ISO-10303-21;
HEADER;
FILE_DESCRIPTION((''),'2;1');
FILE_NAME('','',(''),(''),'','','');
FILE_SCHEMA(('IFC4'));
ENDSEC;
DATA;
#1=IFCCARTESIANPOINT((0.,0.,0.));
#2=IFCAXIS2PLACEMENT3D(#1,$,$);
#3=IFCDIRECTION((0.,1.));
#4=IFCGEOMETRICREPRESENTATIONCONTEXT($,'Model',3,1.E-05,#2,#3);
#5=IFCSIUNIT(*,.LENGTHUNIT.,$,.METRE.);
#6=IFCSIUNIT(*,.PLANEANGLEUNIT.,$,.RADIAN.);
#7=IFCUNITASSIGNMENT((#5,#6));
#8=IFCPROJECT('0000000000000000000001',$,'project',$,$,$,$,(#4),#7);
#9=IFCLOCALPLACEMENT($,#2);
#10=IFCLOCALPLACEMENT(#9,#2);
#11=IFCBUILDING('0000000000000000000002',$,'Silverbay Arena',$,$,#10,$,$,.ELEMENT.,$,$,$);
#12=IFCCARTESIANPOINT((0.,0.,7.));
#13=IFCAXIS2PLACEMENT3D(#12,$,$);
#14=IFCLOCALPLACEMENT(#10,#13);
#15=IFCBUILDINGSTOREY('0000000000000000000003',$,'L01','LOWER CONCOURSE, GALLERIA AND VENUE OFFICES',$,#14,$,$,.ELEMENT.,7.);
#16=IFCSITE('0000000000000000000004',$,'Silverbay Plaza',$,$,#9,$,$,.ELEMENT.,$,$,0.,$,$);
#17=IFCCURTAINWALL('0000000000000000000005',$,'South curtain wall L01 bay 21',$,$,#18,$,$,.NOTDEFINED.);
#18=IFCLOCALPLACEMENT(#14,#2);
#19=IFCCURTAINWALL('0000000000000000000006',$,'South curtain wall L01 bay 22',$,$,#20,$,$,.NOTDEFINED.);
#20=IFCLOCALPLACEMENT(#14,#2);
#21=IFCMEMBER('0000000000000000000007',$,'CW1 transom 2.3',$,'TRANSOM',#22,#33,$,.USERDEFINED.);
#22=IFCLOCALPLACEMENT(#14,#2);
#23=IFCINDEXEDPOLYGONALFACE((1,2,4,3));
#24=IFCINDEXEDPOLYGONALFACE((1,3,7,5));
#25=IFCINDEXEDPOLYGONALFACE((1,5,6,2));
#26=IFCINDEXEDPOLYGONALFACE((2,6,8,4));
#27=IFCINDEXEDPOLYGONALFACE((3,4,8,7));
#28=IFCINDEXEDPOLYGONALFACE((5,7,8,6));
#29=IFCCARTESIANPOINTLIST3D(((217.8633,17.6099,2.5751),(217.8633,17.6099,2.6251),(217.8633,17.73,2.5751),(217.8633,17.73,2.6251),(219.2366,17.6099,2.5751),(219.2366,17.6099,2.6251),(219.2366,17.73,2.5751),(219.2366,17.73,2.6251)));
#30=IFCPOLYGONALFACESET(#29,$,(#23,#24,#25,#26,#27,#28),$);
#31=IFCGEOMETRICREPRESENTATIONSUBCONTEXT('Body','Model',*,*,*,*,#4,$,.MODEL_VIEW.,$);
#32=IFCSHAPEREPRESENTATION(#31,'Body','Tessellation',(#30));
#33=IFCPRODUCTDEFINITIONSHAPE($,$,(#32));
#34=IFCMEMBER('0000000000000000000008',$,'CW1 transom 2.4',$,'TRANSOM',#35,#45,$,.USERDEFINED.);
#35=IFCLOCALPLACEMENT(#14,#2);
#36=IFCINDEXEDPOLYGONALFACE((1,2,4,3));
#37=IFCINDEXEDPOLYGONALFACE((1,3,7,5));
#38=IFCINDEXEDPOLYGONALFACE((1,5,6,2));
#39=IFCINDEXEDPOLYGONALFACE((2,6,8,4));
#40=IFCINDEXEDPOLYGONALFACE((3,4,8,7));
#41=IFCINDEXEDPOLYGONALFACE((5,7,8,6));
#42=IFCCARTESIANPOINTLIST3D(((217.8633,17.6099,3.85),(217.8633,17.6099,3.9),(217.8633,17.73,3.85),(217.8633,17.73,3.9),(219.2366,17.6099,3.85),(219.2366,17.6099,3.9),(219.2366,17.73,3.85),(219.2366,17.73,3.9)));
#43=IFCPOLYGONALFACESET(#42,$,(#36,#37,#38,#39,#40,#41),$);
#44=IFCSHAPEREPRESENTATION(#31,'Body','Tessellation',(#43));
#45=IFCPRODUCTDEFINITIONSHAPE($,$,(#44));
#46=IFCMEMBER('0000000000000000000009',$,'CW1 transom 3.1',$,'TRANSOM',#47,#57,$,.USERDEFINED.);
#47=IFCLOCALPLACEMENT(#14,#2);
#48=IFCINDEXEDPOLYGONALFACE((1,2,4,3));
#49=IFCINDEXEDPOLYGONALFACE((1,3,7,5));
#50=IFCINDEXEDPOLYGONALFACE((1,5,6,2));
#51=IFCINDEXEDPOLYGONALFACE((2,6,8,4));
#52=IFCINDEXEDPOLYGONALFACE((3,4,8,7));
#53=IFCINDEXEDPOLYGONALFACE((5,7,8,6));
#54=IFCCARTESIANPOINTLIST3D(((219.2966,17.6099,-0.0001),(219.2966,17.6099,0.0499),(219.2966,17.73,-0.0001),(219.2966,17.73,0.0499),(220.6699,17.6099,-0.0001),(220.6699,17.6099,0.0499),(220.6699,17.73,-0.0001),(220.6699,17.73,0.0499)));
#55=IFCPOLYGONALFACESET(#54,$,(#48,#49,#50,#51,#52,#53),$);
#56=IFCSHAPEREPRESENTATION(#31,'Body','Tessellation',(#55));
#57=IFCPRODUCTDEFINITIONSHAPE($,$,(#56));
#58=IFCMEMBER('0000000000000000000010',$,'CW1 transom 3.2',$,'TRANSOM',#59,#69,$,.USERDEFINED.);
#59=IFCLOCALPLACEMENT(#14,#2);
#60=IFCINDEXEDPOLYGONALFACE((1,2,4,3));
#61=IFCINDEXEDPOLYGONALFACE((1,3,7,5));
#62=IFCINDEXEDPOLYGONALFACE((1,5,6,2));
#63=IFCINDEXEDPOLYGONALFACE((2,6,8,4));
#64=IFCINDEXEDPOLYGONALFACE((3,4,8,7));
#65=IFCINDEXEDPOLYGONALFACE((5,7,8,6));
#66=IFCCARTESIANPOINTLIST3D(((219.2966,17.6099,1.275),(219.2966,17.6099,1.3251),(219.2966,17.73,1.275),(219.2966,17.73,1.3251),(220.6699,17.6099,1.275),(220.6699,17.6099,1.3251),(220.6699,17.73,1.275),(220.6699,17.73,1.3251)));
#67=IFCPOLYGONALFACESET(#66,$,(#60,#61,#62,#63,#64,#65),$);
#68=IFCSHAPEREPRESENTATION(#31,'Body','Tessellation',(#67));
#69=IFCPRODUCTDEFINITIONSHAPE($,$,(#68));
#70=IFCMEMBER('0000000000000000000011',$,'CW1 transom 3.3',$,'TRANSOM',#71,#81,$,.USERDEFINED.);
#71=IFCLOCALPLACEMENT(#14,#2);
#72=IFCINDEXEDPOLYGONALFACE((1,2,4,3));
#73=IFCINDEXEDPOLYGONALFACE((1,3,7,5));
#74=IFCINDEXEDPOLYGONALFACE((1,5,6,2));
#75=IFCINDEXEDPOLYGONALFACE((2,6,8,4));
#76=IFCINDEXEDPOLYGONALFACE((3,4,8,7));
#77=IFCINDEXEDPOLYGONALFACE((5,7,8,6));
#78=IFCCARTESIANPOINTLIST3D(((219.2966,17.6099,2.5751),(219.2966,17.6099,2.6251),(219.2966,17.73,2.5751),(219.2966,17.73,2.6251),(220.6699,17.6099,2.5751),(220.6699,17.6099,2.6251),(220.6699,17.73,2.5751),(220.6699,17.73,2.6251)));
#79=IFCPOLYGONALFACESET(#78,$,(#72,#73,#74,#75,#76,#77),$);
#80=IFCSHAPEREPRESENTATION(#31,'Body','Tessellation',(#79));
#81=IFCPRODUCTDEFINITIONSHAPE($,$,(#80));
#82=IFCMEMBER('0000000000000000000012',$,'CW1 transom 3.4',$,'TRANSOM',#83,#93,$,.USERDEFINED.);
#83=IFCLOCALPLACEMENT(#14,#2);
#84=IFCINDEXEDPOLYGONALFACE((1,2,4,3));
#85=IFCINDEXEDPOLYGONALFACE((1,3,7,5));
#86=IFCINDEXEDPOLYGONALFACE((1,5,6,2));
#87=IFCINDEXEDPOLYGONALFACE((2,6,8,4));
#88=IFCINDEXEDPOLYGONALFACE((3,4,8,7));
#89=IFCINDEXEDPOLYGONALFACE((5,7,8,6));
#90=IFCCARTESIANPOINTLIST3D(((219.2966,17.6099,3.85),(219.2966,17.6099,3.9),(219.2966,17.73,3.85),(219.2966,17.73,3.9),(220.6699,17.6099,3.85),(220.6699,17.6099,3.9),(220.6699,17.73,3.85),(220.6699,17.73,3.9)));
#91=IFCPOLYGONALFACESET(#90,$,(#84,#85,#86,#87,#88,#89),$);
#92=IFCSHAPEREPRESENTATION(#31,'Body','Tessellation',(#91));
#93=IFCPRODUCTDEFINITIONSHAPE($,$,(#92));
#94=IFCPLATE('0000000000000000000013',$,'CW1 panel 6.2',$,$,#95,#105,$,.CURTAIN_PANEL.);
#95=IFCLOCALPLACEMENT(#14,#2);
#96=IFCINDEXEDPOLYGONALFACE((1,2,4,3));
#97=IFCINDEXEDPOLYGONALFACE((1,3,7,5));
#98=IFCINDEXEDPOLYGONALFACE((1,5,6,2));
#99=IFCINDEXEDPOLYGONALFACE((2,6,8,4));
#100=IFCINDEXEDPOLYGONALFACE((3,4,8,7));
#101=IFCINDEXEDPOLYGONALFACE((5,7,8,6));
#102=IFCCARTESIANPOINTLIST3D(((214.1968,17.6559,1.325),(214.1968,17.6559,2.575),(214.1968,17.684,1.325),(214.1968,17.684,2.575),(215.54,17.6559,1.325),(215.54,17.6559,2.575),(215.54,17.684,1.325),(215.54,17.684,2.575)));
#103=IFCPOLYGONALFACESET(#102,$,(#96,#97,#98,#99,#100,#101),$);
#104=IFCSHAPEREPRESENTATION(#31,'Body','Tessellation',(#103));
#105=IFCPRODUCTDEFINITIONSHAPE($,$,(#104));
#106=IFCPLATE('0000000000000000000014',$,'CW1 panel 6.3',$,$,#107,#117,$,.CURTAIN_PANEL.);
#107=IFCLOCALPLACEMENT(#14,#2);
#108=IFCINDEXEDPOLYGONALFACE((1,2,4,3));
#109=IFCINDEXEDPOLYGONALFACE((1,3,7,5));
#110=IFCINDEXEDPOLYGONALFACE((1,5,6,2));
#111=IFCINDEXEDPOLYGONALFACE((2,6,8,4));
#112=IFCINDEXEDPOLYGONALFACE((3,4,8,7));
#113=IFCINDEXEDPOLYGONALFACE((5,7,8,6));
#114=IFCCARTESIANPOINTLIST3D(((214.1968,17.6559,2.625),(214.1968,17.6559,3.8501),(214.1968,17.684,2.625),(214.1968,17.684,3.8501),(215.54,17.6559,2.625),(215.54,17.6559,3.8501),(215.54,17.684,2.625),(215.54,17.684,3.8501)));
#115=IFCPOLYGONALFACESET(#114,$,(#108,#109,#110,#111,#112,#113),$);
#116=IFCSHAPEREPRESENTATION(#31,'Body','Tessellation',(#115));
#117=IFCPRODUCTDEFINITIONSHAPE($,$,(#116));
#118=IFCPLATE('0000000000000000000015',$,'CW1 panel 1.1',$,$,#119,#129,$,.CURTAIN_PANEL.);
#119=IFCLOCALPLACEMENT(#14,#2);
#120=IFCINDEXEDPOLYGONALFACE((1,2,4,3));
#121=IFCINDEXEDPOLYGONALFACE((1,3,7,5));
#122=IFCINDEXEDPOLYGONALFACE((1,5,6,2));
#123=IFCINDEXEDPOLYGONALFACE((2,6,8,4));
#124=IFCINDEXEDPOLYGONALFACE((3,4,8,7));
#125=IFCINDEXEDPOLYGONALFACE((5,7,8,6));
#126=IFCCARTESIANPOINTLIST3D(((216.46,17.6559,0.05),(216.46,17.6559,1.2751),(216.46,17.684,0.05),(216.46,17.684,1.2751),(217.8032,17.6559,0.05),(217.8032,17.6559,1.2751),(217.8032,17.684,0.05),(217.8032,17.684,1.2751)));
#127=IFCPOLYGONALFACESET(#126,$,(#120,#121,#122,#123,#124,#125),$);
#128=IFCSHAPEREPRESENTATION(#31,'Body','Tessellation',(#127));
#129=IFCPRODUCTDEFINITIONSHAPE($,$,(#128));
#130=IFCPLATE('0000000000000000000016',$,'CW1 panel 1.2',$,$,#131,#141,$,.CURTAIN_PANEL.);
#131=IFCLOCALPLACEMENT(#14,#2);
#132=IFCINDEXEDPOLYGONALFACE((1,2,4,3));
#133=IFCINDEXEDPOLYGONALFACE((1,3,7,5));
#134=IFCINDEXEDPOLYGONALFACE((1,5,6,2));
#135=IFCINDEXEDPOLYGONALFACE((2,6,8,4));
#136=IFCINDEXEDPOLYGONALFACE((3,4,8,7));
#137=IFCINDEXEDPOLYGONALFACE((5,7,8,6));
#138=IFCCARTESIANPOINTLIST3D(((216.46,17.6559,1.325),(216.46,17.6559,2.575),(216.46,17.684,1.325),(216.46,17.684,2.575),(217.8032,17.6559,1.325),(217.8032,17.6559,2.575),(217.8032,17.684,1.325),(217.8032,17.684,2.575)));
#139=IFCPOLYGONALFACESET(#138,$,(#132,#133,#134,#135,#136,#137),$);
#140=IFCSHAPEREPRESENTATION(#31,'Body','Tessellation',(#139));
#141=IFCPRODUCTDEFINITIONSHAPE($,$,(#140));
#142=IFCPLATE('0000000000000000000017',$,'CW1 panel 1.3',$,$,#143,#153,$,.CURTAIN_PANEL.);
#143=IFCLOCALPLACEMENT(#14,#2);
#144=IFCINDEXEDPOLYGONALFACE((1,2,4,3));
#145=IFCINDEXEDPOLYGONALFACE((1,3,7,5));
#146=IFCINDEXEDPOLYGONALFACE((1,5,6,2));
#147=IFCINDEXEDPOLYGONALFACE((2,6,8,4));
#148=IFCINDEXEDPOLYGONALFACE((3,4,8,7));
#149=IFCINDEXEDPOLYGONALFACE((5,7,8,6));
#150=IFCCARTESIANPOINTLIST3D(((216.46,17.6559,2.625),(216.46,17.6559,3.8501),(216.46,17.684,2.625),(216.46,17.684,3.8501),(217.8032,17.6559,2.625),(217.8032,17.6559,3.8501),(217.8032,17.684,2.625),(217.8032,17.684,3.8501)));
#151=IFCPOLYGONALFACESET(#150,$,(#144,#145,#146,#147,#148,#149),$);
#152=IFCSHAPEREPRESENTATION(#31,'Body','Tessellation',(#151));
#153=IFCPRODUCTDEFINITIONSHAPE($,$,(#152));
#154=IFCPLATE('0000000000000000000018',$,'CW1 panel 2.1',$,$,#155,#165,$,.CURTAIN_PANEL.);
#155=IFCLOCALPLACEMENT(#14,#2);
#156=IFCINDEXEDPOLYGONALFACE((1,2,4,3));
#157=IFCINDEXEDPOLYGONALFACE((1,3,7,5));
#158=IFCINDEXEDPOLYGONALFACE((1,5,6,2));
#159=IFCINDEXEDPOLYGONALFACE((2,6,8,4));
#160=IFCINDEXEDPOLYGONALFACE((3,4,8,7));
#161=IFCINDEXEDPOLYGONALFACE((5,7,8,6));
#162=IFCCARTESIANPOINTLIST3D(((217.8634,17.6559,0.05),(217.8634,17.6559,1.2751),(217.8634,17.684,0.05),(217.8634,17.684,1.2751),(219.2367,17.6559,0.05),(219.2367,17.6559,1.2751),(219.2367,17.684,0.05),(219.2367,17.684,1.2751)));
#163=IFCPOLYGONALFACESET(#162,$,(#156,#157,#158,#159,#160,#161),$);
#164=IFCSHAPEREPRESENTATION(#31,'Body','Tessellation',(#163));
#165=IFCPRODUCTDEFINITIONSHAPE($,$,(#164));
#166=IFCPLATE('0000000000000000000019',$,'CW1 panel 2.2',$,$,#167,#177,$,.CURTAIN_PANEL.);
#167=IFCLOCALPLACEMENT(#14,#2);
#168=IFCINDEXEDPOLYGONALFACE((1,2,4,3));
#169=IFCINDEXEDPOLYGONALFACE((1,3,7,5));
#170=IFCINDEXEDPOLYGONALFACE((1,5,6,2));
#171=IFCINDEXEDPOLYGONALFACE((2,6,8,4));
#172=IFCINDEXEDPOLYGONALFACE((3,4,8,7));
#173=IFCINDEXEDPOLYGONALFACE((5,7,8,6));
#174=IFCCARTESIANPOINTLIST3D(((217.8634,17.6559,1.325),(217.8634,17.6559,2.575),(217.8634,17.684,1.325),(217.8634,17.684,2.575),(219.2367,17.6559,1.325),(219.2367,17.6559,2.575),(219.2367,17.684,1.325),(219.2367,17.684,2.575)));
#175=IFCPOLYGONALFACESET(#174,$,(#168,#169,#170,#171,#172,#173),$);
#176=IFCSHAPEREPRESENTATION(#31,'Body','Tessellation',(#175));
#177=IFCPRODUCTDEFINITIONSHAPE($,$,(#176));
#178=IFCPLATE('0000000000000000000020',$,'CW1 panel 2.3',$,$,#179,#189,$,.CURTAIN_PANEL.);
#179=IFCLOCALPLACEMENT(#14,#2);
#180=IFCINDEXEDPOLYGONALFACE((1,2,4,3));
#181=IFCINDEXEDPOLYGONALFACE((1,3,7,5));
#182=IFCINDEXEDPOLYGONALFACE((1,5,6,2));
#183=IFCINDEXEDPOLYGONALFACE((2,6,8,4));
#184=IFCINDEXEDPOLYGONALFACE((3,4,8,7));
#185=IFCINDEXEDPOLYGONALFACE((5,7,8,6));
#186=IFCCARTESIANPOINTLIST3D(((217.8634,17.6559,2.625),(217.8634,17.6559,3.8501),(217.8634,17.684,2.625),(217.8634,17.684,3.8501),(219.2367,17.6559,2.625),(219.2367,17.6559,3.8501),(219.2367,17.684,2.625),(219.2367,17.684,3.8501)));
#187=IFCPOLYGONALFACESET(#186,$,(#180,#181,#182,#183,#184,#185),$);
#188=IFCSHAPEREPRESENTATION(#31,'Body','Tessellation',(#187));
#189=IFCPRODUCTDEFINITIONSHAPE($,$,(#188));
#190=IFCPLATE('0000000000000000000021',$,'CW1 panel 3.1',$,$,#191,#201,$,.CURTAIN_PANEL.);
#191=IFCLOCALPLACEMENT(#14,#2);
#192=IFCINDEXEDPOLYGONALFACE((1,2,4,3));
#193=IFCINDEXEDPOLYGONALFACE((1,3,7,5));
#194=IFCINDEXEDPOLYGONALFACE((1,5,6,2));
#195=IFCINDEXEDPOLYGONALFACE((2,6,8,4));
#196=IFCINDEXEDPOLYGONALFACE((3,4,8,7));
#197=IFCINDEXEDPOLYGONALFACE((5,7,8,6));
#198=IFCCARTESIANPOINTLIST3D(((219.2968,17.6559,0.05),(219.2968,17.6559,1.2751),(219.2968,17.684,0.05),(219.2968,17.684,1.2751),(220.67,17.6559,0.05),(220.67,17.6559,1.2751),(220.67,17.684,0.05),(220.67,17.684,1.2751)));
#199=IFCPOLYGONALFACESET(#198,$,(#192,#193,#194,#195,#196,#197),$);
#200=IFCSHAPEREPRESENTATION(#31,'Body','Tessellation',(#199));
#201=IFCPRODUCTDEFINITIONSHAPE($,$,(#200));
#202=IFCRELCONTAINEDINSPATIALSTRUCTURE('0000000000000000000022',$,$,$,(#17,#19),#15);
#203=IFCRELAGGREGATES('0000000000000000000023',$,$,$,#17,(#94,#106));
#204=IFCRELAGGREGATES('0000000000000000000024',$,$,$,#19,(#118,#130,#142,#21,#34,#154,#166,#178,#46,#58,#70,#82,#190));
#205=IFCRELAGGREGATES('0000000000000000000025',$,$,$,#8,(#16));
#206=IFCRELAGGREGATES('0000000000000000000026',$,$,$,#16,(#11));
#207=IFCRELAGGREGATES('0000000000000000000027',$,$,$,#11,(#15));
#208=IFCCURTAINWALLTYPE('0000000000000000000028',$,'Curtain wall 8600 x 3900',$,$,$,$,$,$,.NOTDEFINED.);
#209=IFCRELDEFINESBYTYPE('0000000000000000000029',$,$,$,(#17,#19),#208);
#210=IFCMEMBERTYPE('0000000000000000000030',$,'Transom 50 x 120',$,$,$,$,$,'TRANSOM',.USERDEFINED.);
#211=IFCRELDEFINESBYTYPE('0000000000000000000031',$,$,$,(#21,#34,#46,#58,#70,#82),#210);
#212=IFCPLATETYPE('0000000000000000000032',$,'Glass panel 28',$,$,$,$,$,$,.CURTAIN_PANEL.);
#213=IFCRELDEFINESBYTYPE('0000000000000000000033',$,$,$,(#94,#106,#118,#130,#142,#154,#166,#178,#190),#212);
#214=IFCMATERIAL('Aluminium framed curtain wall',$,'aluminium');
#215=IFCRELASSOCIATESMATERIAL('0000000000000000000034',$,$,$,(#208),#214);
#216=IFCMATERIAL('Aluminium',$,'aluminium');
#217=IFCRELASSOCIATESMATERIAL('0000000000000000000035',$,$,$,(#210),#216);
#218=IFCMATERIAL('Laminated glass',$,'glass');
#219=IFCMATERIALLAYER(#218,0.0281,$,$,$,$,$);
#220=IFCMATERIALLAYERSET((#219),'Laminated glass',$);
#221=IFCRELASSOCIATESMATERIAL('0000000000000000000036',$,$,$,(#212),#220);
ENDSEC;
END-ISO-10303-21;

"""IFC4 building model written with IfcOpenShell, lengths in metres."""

from ifc_helpers import new_model, si_unit, direction, frame, origin, origin_2d, place, context, subcontext, project, spatial, rectangle, extrude, material, layer, layer_set, material_profile, profile_set, type_object, element, aggregate, save


model = new_model("IFC4")

# Units and contexts
model_context = context("Model", 3, precision=1e-05, world=origin(), true_north=direction((0.0, 1.0)))
body_context = subcontext(model_context, "Body", "Model", "MODEL_VIEW")
ifc_project = project(units=[si_unit("LENGTHUNIT", "METRE"), si_unit("PLANEANGLEUNIT", "RADIAN")], contexts=[model_context])

# Site, building, storey
site_placement = place(None, origin())
site = spatial("IfcSite", under=ifc_project, at=site_placement, Name="Silverbay Plaza", CompositionType="ELEMENT", RefElevation=0.0)
building_placement = place(site_placement, origin())
building = spatial("IfcBuilding", under=site, at=building_placement, Name="Silverbay Arena", CompositionType="ELEMENT")
storey_placement = place(building_placement, frame((0.0, 0.0, 7.0)))
storey = spatial("IfcBuildingStorey", under=building, at=storey_placement, Name="L01", Description="LOWER CONCOURSE, GALLERIA AND VENUE OFFICES", CompositionType="ELEMENT", Elevation=7.0)

# Curtain wall
ifc_material_1 = material(Name="Aluminium framed curtain wall", Category="aluminium")
curtain_wall_type = type_object("IfcCurtainWallType", Name="Curtain wall 8600 x 3900", PredefinedType="NOTDEFINED", material=ifc_material_1)
curtain_wall_1_placement = place(storey_placement, origin())
curtain_wall_1 = element("IfcCurtainWall", 1, at=curtain_wall_1_placement, inside=storey, type_object=curtain_wall_type, Name="South curtain wall L01 bay 21", PredefinedType="NOTDEFINED")

# Curtain wall
curtain_wall_2_placement = place(storey_placement, origin())
curtain_wall_2 = element("IfcCurtainWall", 2, at=curtain_wall_2_placement, inside=storey, type_object=curtain_wall_type, Name="South curtain wall L01 bay 22", PredefinedType="NOTDEFINED")

# Members
ifc_material_2 = material(Name="Aluminium", Category="aluminium")
ifc_material_profile_1 = material_profile(ifc_material_2, rectangle(XDim=0.1201, YDim=0.05, at=origin_2d()), Name="Transom 50 x 120")
ifc_profile_set_1 = profile_set([ifc_material_profile_1], Name="Aluminium")
member_type_1 = type_object("IfcMemberType", Name="Transom 50 x 120", ElementType="TRANSOM", PredefinedType="USERDEFINED", material=ifc_profile_set_1)
member_1_placement = place(storey_placement, frame((217.8633, 17.6699, 2.6001), z_axis=(1.0, 0.0, 0.0), x_axis=(0.0, 1.0, 0.0)))
member_1 = element("IfcMember", 3, at=member_1_placement, type_object=member_type_1, Name="CW1 transom 2.3", ObjectType="TRANSOM", PredefinedType="USERDEFINED", context=body_context, shape_type="SweptSolid", body=[
    extrude(rectangle(XDim=0.1201, YDim=0.05, at=origin_2d()), origin(), (0.0, 0.0, 1.0), 1.3733),
])
member_2_placement = place(storey_placement, frame((217.8633, 17.6699, 3.875), z_axis=(1.0, 0.0, 0.0), x_axis=(0.0, 1.0, 0.0)))
member_2 = element("IfcMember", 4, at=member_2_placement, type_object=member_type_1, Name="CW1 transom 2.4", ObjectType="TRANSOM", PredefinedType="USERDEFINED", context=body_context, shape_type="SweptSolid", body=[
    extrude(rectangle(XDim=0.1201, YDim=0.05, at=origin_2d()), origin(), (0.0, 0.0, 1.0), 1.3733),
])
member_3_placement = place(storey_placement, frame((219.2966, 17.6699, 0.0249), z_axis=(1.0, 0.0, 0.0), x_axis=(0.0, 1.0, 0.0)))
member_3 = element("IfcMember", 5, at=member_3_placement, type_object=member_type_1, Name="CW1 transom 3.1", ObjectType="TRANSOM", PredefinedType="USERDEFINED", context=body_context, shape_type="SweptSolid", body=[
    extrude(rectangle(XDim=0.1201, YDim=0.05, at=origin_2d()), origin(), (0.0, 0.0, 1.0), 1.3733),
])
member_4_placement = place(storey_placement, frame((219.2966, 17.6699, 1.3), z_axis=(1.0, 0.0, 0.0), x_axis=(0.0, 1.0, 0.0)))
member_4 = element("IfcMember", 6, at=member_4_placement, type_object=member_type_1, Name="CW1 transom 3.2", ObjectType="TRANSOM", PredefinedType="USERDEFINED", context=body_context, shape_type="SweptSolid", body=[
    extrude(rectangle(XDim=0.1201, YDim=0.05, at=origin_2d()), origin(), (0.0, 0.0, 1.0), 1.3733),
])
member_5_placement = place(storey_placement, frame((219.2966, 17.6699, 2.6001), z_axis=(1.0, 0.0, 0.0), x_axis=(0.0, 1.0, 0.0)))
member_5 = element("IfcMember", 7, at=member_5_placement, type_object=member_type_1, Name="CW1 transom 3.3", ObjectType="TRANSOM", PredefinedType="USERDEFINED", context=body_context, shape_type="SweptSolid", body=[
    extrude(rectangle(XDim=0.1201, YDim=0.05, at=origin_2d()), origin(), (0.0, 0.0, 1.0), 1.3733),
])
member_6_placement = place(storey_placement, frame((219.2966, 17.6699, 3.875), z_axis=(1.0, 0.0, 0.0), x_axis=(0.0, 1.0, 0.0)))
member_6 = element("IfcMember", 8, at=member_6_placement, type_object=member_type_1, Name="CW1 transom 3.4", ObjectType="TRANSOM", PredefinedType="USERDEFINED", context=body_context, shape_type="SweptSolid", body=[
    extrude(rectangle(XDim=0.1201, YDim=0.05, at=origin_2d()), origin(), (0.0, 0.0, 1.0), 1.3733),
])

# Plates
ifc_material_3 = material(Name="Laminated glass", Category="glass")
ifc_layer = layer(ifc_material_3, 0.0281)
ifc_layer_set = layer_set([ifc_layer], Name="Laminated glass")
plate_type = type_object("IfcPlateType", Name="Glass panel 28", PredefinedType="CURTAIN_PANEL", material=ifc_layer_set)
plate_1_placement = place(storey_placement, frame((214.8684, 17.6699, 1.325), z_axis=(0.0, 0.0, 1.0), x_axis=(1.0, 0.0, 0.0)))
plate_1 = element("IfcPlate", 9, at=plate_1_placement, type_object=plate_type, Name="CW1 panel 6.2", PredefinedType="CURTAIN_PANEL", context=body_context, shape_type="SweptSolid", body=[
    extrude(rectangle(XDim=1.3433, YDim=0.0281, at=origin_2d()), origin(), (0.0, 0.0, 1.0), 1.25),
])
plate_2_placement = place(storey_placement, frame((214.8684, 17.6699, 2.625), z_axis=(0.0, 0.0, 1.0), x_axis=(1.0, 0.0, 0.0)))
plate_2 = element("IfcPlate", 10, at=plate_2_placement, type_object=plate_type, Name="CW1 panel 6.3", PredefinedType="CURTAIN_PANEL", context=body_context, shape_type="SweptSolid", body=[
    extrude(rectangle(XDim=1.3433, YDim=0.0281, at=origin_2d()), origin(), (0.0, 0.0, 1.0), 1.2251),
])
aggregate(curtain_wall_1, [plate_1, plate_2])
plate_3_placement = place(storey_placement, frame((217.1316, 17.6699, 0.05), z_axis=(0.0, 0.0, 1.0), x_axis=(1.0, 0.0, 0.0)))
plate_3 = element("IfcPlate", 11, at=plate_3_placement, type_object=plate_type, Name="CW1 panel 1.1", PredefinedType="CURTAIN_PANEL", context=body_context, shape_type="SweptSolid", body=[
    extrude(rectangle(XDim=1.3433, YDim=0.0281, at=origin_2d()), origin(), (0.0, 0.0, 1.0), 1.2251),
])
plate_4_placement = place(storey_placement, frame((217.1316, 17.6699, 1.325), z_axis=(0.0, 0.0, 1.0), x_axis=(1.0, 0.0, 0.0)))
plate_4 = element("IfcPlate", 12, at=plate_4_placement, type_object=plate_type, Name="CW1 panel 1.2", PredefinedType="CURTAIN_PANEL", context=body_context, shape_type="SweptSolid", body=[
    extrude(rectangle(XDim=1.3433, YDim=0.0281, at=origin_2d()), origin(), (0.0, 0.0, 1.0), 1.25),
])
plate_5_placement = place(storey_placement, frame((217.1316, 17.6699, 2.625), z_axis=(0.0, 0.0, 1.0), x_axis=(1.0, 0.0, 0.0)))
plate_5 = element("IfcPlate", 13, at=plate_5_placement, type_object=plate_type, Name="CW1 panel 1.3", PredefinedType="CURTAIN_PANEL", context=body_context, shape_type="SweptSolid", body=[
    extrude(rectangle(XDim=1.3433, YDim=0.0281, at=origin_2d()), origin(), (0.0, 0.0, 1.0), 1.2251),
])
plate_6_placement = place(storey_placement, frame((218.55, 17.6699, 0.05), z_axis=(0.0, 0.0, 1.0), x_axis=(1.0, 0.0, 0.0)))
plate_6 = element("IfcPlate", 14, at=plate_6_placement, type_object=plate_type, Name="CW1 panel 2.1", PredefinedType="CURTAIN_PANEL", context=body_context, shape_type="SweptSolid", body=[
    extrude(rectangle(XDim=1.3733, YDim=0.0281, at=origin_2d()), origin(), (0.0, 0.0, 1.0), 1.2251),
])
plate_7_placement = place(storey_placement, frame((218.55, 17.6699, 1.325), z_axis=(0.0, 0.0, 1.0), x_axis=(1.0, 0.0, 0.0)))
plate_7 = element("IfcPlate", 15, at=plate_7_placement, type_object=plate_type, Name="CW1 panel 2.2", PredefinedType="CURTAIN_PANEL", context=body_context, shape_type="SweptSolid", body=[
    extrude(rectangle(XDim=1.3733, YDim=0.0281, at=origin_2d()), origin(), (0.0, 0.0, 1.0), 1.25),
])
plate_8_placement = place(storey_placement, frame((218.55, 17.6699, 2.625), z_axis=(0.0, 0.0, 1.0), x_axis=(1.0, 0.0, 0.0)))
plate_8 = element("IfcPlate", 16, at=plate_8_placement, type_object=plate_type, Name="CW1 panel 2.3", PredefinedType="CURTAIN_PANEL", context=body_context, shape_type="SweptSolid", body=[
    extrude(rectangle(XDim=1.3733, YDim=0.0281, at=origin_2d()), origin(), (0.0, 0.0, 1.0), 1.2251),
])
plate_9_placement = place(storey_placement, frame((219.9834, 17.6699, 0.05), z_axis=(0.0, 0.0, 1.0), x_axis=(1.0, 0.0, 0.0)))
plate_9 = element("IfcPlate", 17, at=plate_9_placement, type_object=plate_type, Name="CW1 panel 3.1", PredefinedType="CURTAIN_PANEL", context=body_context, shape_type="SweptSolid", body=[
    extrude(rectangle(XDim=1.3733, YDim=0.0281, at=origin_2d()), origin(), (0.0, 0.0, 1.0), 1.2251),
])
aggregate(curtain_wall_2, [plate_3, plate_4, plate_5, member_1, member_2, plate_6, plate_7, plate_8, member_3, member_4, member_5, member_6, plate_9])

save(model, "model.ifc")
